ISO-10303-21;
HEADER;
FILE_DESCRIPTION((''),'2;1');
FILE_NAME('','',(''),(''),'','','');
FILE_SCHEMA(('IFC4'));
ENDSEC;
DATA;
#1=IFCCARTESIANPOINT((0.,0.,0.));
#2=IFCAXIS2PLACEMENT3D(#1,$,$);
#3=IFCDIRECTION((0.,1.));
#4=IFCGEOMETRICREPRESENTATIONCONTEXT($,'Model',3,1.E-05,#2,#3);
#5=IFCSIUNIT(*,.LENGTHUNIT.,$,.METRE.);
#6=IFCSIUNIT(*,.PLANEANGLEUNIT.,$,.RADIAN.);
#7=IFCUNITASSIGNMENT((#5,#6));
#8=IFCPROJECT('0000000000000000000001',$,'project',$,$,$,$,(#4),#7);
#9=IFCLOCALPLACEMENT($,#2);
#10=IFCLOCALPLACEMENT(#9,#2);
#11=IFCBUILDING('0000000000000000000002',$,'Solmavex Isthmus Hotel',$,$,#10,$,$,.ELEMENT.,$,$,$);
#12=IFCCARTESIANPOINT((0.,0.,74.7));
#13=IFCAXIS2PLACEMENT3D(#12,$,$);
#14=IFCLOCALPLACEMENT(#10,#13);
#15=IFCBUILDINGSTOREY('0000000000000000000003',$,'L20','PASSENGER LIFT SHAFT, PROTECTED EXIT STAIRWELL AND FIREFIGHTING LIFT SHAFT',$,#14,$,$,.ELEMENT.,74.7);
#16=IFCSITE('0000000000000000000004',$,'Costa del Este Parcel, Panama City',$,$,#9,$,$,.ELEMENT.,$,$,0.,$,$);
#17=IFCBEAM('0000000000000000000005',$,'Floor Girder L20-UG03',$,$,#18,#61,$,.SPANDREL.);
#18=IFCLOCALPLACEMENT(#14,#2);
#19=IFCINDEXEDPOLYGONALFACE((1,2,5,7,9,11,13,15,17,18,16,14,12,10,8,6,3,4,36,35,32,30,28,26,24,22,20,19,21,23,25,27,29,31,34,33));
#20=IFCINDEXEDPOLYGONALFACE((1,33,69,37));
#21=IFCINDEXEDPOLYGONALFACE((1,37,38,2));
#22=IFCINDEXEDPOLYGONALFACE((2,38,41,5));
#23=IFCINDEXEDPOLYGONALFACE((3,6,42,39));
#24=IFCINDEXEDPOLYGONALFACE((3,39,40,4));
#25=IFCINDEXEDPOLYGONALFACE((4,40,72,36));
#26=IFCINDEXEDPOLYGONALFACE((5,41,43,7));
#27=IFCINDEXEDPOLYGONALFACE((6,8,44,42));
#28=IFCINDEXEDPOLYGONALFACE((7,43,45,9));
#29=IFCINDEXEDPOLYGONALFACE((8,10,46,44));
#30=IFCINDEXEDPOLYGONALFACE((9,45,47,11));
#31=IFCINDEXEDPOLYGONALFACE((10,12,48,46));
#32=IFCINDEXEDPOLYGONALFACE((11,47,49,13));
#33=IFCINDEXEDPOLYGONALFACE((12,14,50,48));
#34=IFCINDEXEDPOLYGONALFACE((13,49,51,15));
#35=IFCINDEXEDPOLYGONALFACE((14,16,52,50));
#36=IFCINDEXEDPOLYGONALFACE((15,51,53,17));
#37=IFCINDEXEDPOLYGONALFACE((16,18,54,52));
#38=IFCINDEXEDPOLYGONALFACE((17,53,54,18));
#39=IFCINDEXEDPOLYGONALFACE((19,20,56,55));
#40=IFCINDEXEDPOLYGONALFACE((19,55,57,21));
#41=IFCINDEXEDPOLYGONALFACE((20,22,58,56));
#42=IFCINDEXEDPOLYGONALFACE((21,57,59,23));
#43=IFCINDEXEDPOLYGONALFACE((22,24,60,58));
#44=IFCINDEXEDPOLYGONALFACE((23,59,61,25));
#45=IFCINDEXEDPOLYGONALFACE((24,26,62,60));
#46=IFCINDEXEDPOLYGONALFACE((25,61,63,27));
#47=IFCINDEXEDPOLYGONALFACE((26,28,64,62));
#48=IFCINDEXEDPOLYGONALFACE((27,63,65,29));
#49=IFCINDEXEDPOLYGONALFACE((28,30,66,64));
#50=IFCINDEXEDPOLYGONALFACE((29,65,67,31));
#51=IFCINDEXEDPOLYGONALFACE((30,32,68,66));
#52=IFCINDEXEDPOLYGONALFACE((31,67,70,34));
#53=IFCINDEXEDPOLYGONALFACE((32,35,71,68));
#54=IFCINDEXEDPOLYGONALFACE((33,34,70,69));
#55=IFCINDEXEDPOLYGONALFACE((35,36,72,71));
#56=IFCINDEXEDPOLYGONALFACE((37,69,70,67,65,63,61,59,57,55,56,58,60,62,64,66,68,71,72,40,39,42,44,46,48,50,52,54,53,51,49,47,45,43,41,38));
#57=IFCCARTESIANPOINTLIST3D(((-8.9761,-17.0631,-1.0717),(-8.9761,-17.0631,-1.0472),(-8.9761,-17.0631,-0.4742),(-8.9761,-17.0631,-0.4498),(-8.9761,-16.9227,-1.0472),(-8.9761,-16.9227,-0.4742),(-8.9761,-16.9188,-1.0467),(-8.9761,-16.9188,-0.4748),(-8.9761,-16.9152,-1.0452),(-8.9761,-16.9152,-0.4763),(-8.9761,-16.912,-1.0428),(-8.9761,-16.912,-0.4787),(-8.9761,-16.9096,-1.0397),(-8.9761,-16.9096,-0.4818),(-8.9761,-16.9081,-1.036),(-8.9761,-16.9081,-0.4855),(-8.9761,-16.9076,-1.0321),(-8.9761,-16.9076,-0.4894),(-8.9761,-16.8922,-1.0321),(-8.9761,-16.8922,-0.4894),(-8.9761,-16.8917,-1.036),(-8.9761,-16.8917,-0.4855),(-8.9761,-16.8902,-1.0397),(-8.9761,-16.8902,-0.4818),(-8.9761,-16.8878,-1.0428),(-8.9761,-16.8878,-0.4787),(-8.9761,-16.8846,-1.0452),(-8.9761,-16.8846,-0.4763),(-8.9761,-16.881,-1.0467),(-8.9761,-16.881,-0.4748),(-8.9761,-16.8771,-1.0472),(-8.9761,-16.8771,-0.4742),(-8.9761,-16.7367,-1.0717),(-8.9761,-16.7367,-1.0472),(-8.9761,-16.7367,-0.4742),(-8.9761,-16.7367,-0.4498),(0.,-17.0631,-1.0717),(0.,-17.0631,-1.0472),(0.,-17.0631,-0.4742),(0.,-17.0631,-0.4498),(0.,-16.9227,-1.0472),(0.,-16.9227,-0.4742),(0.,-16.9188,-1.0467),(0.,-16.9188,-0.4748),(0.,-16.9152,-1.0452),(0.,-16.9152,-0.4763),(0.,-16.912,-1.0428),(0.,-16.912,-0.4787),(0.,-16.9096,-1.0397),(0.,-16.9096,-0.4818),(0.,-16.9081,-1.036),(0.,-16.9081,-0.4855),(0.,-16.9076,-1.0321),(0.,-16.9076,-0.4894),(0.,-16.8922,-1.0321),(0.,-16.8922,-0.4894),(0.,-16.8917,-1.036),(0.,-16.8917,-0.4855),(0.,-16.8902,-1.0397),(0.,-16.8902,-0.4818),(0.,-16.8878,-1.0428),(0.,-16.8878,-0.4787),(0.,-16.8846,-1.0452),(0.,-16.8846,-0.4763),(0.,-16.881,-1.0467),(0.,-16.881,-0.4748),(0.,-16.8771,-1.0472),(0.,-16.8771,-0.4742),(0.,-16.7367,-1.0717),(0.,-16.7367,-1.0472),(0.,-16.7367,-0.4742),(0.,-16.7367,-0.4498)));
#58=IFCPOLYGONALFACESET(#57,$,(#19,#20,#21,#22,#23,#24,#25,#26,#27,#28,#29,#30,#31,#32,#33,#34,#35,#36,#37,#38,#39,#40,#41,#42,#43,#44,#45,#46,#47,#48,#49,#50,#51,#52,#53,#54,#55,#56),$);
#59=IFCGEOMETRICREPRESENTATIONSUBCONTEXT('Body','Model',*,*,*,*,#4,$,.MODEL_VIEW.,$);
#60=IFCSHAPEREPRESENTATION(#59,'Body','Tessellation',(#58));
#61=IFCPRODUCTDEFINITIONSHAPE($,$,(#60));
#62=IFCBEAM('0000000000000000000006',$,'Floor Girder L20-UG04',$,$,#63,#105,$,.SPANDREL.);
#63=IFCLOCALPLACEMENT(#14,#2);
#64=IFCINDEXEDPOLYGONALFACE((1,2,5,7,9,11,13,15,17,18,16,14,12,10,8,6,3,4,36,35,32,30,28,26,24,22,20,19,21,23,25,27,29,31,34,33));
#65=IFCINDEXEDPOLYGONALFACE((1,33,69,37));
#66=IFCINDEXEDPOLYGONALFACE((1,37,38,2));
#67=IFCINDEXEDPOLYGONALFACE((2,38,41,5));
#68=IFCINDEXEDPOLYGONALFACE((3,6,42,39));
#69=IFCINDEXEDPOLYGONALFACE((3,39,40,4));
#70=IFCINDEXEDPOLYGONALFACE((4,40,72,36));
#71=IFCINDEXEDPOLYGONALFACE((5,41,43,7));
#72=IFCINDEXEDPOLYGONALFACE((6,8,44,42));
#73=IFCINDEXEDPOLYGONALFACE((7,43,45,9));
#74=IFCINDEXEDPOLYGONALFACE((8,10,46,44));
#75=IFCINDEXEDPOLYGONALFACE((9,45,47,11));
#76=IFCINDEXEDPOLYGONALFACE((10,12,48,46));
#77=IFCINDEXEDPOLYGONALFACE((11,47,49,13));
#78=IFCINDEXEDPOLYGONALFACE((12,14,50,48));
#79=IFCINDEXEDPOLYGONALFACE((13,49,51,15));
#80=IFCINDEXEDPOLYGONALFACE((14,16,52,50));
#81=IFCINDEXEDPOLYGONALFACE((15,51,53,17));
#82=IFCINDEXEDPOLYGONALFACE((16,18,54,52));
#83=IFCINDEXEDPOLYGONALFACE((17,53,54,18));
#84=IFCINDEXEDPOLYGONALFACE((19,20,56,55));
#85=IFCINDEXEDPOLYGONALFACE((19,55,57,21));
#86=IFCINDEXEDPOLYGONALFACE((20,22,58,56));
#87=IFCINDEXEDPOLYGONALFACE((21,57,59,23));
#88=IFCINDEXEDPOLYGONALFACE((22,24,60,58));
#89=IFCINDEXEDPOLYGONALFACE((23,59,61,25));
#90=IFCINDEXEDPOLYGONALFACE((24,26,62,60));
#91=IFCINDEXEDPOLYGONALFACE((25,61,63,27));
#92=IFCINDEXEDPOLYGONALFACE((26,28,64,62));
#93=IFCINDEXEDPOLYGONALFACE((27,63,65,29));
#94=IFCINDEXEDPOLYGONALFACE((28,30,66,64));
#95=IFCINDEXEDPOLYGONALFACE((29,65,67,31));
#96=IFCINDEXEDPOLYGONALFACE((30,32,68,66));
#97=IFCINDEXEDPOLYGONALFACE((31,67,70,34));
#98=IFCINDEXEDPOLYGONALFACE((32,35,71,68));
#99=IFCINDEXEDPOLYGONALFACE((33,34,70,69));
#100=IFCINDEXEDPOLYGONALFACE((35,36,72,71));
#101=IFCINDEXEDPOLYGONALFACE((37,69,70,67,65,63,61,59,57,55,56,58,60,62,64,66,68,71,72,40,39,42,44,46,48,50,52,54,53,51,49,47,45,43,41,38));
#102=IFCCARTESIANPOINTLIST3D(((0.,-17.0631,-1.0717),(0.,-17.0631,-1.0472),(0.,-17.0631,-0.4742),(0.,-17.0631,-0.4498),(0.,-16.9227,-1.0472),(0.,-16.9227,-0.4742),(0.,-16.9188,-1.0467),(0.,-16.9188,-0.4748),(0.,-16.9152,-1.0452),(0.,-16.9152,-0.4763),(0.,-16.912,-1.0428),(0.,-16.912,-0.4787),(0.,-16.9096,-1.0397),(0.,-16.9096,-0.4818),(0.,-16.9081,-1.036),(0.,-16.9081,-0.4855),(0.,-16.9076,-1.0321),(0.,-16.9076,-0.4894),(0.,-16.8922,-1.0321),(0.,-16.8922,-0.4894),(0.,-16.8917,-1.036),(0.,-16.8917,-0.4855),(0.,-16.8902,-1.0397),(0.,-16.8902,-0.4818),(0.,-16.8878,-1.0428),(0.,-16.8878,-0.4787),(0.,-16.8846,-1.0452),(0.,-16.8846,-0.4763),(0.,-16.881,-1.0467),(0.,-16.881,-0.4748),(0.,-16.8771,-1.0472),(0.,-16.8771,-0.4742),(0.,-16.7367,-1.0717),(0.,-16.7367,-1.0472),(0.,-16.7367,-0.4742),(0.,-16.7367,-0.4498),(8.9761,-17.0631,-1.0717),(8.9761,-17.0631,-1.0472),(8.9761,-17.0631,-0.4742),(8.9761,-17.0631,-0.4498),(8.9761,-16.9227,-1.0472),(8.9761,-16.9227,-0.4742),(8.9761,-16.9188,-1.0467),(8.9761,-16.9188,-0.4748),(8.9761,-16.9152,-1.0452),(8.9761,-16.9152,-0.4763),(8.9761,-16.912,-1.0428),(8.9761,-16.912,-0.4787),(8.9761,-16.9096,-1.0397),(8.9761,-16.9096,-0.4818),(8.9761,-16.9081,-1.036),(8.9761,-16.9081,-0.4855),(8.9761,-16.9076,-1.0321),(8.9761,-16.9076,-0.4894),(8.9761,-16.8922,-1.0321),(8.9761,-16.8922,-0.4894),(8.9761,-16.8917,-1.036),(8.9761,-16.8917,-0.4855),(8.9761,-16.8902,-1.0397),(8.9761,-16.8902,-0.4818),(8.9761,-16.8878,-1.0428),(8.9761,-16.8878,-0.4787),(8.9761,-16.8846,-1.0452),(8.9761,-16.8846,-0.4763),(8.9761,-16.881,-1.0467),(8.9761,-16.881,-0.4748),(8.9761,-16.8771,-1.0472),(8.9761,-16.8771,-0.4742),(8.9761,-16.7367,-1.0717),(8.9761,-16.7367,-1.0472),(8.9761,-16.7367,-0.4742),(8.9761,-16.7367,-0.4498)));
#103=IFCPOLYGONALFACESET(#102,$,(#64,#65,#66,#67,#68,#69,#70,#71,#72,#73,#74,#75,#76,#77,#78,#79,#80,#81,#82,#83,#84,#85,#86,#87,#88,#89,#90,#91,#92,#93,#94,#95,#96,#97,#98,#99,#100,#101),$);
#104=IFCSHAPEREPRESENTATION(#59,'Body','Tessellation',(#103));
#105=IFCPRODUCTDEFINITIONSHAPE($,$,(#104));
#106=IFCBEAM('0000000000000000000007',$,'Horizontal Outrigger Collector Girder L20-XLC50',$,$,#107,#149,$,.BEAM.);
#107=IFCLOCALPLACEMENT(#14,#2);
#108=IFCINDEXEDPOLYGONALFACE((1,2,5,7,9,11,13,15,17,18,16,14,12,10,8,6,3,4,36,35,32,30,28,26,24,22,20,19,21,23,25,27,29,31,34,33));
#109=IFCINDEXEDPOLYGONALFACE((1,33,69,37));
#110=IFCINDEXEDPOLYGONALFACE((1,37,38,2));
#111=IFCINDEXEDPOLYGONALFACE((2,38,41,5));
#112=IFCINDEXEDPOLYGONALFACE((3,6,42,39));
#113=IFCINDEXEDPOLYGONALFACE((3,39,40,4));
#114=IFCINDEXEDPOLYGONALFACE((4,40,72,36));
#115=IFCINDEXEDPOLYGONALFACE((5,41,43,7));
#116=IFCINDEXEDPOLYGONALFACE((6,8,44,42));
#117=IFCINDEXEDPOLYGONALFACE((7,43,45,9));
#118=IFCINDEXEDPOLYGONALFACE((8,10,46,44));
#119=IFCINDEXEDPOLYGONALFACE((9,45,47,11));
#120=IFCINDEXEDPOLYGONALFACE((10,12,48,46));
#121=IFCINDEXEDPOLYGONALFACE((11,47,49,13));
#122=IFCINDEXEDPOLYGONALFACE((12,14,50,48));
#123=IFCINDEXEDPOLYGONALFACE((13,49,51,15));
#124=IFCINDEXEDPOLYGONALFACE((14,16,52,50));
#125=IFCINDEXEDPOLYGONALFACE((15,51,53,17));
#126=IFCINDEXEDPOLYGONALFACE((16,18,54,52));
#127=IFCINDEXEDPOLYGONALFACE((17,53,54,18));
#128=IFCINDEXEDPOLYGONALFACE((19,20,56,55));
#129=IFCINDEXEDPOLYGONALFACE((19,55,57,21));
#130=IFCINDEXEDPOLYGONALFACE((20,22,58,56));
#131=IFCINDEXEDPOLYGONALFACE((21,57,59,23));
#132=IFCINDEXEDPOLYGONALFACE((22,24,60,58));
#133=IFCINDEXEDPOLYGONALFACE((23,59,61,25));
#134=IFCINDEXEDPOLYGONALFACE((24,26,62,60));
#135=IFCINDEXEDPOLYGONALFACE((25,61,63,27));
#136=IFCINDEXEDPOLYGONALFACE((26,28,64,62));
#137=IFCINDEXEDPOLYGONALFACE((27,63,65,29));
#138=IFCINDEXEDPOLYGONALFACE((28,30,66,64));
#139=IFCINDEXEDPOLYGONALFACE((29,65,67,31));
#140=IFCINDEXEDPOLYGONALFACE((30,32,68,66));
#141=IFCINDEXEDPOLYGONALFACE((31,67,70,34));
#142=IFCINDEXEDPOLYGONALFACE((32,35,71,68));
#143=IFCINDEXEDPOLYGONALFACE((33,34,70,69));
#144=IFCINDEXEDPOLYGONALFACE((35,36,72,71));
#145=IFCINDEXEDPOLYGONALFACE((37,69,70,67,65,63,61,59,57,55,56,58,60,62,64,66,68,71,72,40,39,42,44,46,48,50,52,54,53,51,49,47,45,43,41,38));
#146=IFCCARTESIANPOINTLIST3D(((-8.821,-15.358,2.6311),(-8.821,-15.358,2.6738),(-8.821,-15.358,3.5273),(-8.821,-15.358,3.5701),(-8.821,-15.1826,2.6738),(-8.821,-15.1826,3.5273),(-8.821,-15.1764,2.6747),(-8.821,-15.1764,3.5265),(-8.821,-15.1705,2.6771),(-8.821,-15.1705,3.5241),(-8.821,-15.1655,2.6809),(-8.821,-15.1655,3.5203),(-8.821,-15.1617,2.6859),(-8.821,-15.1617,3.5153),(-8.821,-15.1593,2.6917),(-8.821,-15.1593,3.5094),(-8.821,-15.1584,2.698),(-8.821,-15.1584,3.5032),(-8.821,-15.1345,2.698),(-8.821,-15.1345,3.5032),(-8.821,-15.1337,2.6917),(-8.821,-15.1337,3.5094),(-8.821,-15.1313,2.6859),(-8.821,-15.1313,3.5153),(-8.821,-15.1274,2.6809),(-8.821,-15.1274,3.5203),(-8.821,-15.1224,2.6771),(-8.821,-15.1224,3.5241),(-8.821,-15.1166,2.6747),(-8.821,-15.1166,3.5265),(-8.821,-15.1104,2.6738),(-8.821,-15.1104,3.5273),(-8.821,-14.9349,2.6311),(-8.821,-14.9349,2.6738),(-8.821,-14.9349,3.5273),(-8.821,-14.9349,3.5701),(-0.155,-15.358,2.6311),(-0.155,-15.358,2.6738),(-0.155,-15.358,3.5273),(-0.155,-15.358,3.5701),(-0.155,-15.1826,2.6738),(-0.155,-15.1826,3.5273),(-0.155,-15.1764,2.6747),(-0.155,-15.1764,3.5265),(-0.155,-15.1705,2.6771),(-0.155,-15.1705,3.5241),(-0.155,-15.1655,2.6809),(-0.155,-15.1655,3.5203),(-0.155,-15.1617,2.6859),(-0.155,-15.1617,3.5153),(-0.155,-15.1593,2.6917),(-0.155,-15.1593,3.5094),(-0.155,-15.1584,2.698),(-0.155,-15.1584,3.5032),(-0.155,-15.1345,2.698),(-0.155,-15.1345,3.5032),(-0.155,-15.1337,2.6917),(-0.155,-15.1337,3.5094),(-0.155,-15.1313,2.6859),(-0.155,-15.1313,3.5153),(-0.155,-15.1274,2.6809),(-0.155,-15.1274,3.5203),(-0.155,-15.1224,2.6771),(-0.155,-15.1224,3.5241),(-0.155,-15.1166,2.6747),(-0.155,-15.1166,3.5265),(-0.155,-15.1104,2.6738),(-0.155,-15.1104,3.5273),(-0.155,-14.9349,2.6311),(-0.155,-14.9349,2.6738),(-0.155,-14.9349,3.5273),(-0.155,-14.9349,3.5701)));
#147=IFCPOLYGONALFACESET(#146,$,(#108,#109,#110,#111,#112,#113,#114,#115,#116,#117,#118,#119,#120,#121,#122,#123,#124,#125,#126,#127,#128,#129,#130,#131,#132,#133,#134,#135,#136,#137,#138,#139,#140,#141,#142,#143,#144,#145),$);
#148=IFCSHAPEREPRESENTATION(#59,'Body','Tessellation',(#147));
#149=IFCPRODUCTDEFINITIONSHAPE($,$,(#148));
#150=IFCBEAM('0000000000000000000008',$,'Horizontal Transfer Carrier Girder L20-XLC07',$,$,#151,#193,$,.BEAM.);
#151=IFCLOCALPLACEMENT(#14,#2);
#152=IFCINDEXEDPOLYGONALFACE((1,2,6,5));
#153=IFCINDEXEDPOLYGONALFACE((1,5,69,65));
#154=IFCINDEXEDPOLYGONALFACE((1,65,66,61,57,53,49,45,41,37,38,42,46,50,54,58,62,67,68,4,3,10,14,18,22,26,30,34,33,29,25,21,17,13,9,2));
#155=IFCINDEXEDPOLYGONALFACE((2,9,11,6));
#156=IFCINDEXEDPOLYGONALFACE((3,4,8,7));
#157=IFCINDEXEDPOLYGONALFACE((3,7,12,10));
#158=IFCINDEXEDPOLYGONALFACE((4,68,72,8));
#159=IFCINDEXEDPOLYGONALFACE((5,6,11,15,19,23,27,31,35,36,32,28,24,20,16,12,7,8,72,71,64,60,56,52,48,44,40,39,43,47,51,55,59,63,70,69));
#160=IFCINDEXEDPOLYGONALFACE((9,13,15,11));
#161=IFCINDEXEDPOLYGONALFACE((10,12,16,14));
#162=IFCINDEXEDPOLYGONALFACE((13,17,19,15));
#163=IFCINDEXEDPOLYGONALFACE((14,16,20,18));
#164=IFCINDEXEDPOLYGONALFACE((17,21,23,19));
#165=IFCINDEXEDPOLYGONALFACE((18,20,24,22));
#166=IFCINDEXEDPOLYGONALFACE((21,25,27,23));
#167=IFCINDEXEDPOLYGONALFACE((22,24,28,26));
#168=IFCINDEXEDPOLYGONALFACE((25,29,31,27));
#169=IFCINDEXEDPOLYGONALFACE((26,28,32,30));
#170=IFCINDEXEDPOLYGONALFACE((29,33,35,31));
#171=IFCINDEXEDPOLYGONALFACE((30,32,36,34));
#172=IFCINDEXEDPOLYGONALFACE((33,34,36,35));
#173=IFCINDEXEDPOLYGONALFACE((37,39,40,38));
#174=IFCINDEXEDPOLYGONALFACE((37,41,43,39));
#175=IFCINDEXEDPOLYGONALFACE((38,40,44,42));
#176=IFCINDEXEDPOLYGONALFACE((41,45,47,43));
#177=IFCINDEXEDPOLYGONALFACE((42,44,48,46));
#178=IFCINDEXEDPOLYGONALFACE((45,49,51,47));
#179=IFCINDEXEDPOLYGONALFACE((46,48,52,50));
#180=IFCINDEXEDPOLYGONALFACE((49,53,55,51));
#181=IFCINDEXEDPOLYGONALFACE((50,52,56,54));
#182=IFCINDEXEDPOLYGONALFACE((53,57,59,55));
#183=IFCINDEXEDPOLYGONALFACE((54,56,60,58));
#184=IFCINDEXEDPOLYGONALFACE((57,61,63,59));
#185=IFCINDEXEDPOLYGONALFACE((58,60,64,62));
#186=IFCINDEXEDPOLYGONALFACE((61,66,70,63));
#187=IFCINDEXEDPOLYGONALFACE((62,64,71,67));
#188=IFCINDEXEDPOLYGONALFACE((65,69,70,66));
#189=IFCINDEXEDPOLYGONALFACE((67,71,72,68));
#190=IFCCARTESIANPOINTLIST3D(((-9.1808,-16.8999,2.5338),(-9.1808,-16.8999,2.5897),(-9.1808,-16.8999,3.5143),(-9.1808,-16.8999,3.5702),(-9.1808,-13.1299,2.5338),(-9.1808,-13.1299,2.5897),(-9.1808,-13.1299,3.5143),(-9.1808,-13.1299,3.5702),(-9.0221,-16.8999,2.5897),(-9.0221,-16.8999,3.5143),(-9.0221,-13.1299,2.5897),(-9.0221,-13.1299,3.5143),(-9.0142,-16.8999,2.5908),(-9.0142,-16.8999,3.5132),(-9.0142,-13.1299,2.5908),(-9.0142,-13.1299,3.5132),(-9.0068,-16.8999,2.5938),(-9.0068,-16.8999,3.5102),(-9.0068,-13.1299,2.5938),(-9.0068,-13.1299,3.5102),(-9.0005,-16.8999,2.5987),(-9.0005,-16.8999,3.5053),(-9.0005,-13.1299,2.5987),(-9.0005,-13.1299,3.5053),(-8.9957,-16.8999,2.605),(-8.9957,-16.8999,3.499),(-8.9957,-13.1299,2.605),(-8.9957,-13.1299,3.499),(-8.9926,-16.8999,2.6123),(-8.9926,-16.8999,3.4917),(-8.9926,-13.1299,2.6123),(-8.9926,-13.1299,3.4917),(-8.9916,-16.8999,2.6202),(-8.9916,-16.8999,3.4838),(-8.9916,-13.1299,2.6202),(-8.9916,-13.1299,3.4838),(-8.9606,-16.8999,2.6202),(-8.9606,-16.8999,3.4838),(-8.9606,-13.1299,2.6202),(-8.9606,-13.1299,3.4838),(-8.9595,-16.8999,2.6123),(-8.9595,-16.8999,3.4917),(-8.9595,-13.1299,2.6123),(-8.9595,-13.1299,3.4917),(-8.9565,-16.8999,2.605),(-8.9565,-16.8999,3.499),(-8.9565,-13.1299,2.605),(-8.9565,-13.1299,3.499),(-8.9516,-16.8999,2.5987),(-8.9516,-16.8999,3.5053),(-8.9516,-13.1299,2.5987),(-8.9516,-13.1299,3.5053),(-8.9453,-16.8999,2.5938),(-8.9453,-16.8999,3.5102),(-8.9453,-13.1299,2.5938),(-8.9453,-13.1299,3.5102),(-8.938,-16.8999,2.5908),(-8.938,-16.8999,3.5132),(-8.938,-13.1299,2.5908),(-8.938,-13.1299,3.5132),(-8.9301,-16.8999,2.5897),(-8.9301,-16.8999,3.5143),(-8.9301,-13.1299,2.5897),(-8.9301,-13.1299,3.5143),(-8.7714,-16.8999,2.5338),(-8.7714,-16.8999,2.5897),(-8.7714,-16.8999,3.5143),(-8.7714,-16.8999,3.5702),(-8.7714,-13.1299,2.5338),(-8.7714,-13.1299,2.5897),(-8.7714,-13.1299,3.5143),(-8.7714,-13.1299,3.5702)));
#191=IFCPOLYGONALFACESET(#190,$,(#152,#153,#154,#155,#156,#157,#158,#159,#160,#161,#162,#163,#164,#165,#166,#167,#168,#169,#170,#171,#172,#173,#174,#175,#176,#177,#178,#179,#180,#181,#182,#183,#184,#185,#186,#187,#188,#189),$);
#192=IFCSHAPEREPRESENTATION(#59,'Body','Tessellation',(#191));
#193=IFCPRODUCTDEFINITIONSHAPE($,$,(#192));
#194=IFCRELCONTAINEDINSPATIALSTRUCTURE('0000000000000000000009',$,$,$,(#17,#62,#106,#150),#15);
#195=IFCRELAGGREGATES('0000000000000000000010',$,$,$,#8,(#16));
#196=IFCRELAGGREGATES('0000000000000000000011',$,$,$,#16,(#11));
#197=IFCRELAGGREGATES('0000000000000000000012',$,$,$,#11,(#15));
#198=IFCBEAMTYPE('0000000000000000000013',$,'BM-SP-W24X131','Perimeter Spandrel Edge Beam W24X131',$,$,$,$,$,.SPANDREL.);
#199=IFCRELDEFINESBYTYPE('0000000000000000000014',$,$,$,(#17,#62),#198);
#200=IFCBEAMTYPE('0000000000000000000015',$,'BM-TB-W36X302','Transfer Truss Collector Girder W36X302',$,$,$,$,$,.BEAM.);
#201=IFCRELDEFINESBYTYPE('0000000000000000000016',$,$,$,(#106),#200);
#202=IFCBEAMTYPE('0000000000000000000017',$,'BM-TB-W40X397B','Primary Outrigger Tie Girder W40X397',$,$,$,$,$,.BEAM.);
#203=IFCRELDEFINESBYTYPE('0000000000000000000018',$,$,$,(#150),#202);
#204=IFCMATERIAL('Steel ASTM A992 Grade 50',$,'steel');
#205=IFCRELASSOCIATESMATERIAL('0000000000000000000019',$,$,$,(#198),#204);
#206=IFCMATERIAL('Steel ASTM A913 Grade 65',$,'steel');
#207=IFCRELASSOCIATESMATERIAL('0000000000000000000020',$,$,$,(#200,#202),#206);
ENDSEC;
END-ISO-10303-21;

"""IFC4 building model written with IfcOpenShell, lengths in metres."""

from ifc_helpers import new_model, si_unit, direction, frame, origin, origin_2d, place, context, subcontext, project, spatial, i_section, extrude, material, material_profile, profile_set, type_object, element, save


model = new_model("IFC4")

# Units and contexts
model_context = context("Model", 3, precision=1e-05, world=origin(), true_north=direction((0.0, 1.0)))
body_context = subcontext(model_context, "Body", "Model", "MODEL_VIEW")
ifc_project = project(units=[si_unit("LENGTHUNIT", "METRE"), si_unit("PLANEANGLEUNIT", "RADIAN")], contexts=[model_context])

# Site, building, storey
site_placement = place(None, origin())
site = spatial("IfcSite", under=ifc_project, at=site_placement, Name="Costa del Este Parcel, Panama City", CompositionType="ELEMENT", RefElevation=0.0)
building_placement = place(site_placement, origin())
building = spatial("IfcBuilding", under=site, at=building_placement, Name="Solmavex Isthmus Hotel", CompositionType="ELEMENT")
storey_placement = place(building_placement, frame((0.0, 0.0, 74.7)))
storey = spatial("IfcBuildingStorey", under=building, at=storey_placement, Name="L20", Description="PASSENGER LIFT SHAFT, PROTECTED EXIT STAIRWELL AND FIREFIGHTING LIFT SHAFT", CompositionType="ELEMENT", Elevation=74.7)

# Shared definitions
ifc_material_1 = material(Name="Steel ASTM A913 Grade 65", Category="steel")

# Beams
ifc_material_2 = material(Name="Steel ASTM A992 Grade 50", Category="steel")
ifc_material_profile_1 = material_profile(ifc_material_2, i_section(OverallWidth=0.3264, OverallDepth=0.6218, WebThickness=0.0154, FlangeThickness=0.0244, FilletRadius=0.0151, at=origin_2d()), Name="W24X131")
ifc_profile_set_1 = profile_set([ifc_material_profile_1], Name="Steel ASTM A992 Grade 50")
beam_type_1 = type_object("IfcBeamType", Name="BM-SP-W24X131", Description="Perimeter Spandrel Edge Beam W24X131", PredefinedType="SPANDREL", material=ifc_profile_set_1)
for number, where, z_axis, x_axis, name in (
    (1, (-8.9761, -16.8999, -0.7607), (1.0, 0.0, 0.0), (0.0, 1.0, 0.0), "Floor Girder L20-UG03"),
    (2, (0.0, -16.8999, -0.7607), (1.0, 0.0, 0.0), (0.0, 1.0, 0.0), "Floor Girder L20-UG04"),
):
    element("IfcBeam", number, at=place(storey_placement, frame(where, z_axis=z_axis, x_axis=x_axis)), inside=storey, type_object=beam_type_1, Name=name, PredefinedType="SPANDREL", context=body_context, shape_type="SweptSolid", body=[
        extrude(i_section(OverallWidth=0.3264, OverallDepth=0.6218, WebThickness=0.0154, FlangeThickness=0.0244, FilletRadius=0.0151, at=origin_2d()), origin(), (0.0, 0.0, 1.0), 8.9761),
    ])
ifc_material_profile_2 = material_profile(ifc_material_1, i_section(OverallWidth=0.4231, OverallDepth=0.939, WebThickness=0.0239, FlangeThickness=0.0427, FilletRadius=0.0242, at=origin_2d()), Name="W36X302")
ifc_profile_set_2 = profile_set([ifc_material_profile_2], Name="Steel ASTM A913 Grade 65")
beam_type_2 = type_object("IfcBeamType", Name="BM-TB-W36X302", Description="Transfer Truss Collector Girder W36X302", PredefinedType="BEAM", material=ifc_profile_set_2)
beam_1_placement = place(storey_placement, frame((-8.821, -15.1465, 3.1006), z_axis=(1.0, 0.0, 0.0), x_axis=(0.0, 1.0, 0.0)))
element("IfcBeam", 3, at=beam_1_placement, inside=storey, type_object=beam_type_2, Name="Horizontal Outrigger Collector Girder L20-XLC50", PredefinedType="BEAM", context=body_context, shape_type="SweptSolid", body=[
    extrude(i_section(OverallWidth=0.4231, OverallDepth=0.939, WebThickness=0.0239, FlangeThickness=0.0427, FilletRadius=0.0242, at=origin_2d()), origin(), (0.0, 0.0, 1.0), 8.666),
])
ifc_material_profile_3 = material_profile(ifc_material_1, i_section(OverallWidth=0.4094, OverallDepth=1.0364, WebThickness=0.031, FlangeThickness=0.0559, FilletRadius=0.0305, at=origin_2d()), Name="W40X397")
ifc_profile_set_3 = profile_set([ifc_material_profile_3], Name="Steel ASTM A913 Grade 65")
beam_type_3 = type_object("IfcBeamType", Name="BM-TB-W40X397B", Description="Primary Outrigger Tie Girder W40X397", PredefinedType="BEAM", material=ifc_profile_set_3)
for number, where, z_axis, x_axis, name in (
    (4, (-8.9761, -16.8999, 3.052), (0.0, 1.0, 0.0), (-1.0, 0.0, 0.0), "Horizontal Transfer Carrier Girder L20-XLC07"),
):
    element("IfcBeam", number, at=place(storey_placement, frame(where, z_axis=z_axis, x_axis=x_axis)), inside=storey, type_object=beam_type_3, Name=name, PredefinedType="BEAM", context=body_context, shape_type="SweptSolid", body=[
        extrude(i_section(OverallWidth=0.4094, OverallDepth=1.0364, WebThickness=0.031, FlangeThickness=0.0559, FilletRadius=0.0305, at=origin_2d()), origin(), (0.0, 0.0, 1.0), 3.77),
    ])

save(model, "model.ifc")
